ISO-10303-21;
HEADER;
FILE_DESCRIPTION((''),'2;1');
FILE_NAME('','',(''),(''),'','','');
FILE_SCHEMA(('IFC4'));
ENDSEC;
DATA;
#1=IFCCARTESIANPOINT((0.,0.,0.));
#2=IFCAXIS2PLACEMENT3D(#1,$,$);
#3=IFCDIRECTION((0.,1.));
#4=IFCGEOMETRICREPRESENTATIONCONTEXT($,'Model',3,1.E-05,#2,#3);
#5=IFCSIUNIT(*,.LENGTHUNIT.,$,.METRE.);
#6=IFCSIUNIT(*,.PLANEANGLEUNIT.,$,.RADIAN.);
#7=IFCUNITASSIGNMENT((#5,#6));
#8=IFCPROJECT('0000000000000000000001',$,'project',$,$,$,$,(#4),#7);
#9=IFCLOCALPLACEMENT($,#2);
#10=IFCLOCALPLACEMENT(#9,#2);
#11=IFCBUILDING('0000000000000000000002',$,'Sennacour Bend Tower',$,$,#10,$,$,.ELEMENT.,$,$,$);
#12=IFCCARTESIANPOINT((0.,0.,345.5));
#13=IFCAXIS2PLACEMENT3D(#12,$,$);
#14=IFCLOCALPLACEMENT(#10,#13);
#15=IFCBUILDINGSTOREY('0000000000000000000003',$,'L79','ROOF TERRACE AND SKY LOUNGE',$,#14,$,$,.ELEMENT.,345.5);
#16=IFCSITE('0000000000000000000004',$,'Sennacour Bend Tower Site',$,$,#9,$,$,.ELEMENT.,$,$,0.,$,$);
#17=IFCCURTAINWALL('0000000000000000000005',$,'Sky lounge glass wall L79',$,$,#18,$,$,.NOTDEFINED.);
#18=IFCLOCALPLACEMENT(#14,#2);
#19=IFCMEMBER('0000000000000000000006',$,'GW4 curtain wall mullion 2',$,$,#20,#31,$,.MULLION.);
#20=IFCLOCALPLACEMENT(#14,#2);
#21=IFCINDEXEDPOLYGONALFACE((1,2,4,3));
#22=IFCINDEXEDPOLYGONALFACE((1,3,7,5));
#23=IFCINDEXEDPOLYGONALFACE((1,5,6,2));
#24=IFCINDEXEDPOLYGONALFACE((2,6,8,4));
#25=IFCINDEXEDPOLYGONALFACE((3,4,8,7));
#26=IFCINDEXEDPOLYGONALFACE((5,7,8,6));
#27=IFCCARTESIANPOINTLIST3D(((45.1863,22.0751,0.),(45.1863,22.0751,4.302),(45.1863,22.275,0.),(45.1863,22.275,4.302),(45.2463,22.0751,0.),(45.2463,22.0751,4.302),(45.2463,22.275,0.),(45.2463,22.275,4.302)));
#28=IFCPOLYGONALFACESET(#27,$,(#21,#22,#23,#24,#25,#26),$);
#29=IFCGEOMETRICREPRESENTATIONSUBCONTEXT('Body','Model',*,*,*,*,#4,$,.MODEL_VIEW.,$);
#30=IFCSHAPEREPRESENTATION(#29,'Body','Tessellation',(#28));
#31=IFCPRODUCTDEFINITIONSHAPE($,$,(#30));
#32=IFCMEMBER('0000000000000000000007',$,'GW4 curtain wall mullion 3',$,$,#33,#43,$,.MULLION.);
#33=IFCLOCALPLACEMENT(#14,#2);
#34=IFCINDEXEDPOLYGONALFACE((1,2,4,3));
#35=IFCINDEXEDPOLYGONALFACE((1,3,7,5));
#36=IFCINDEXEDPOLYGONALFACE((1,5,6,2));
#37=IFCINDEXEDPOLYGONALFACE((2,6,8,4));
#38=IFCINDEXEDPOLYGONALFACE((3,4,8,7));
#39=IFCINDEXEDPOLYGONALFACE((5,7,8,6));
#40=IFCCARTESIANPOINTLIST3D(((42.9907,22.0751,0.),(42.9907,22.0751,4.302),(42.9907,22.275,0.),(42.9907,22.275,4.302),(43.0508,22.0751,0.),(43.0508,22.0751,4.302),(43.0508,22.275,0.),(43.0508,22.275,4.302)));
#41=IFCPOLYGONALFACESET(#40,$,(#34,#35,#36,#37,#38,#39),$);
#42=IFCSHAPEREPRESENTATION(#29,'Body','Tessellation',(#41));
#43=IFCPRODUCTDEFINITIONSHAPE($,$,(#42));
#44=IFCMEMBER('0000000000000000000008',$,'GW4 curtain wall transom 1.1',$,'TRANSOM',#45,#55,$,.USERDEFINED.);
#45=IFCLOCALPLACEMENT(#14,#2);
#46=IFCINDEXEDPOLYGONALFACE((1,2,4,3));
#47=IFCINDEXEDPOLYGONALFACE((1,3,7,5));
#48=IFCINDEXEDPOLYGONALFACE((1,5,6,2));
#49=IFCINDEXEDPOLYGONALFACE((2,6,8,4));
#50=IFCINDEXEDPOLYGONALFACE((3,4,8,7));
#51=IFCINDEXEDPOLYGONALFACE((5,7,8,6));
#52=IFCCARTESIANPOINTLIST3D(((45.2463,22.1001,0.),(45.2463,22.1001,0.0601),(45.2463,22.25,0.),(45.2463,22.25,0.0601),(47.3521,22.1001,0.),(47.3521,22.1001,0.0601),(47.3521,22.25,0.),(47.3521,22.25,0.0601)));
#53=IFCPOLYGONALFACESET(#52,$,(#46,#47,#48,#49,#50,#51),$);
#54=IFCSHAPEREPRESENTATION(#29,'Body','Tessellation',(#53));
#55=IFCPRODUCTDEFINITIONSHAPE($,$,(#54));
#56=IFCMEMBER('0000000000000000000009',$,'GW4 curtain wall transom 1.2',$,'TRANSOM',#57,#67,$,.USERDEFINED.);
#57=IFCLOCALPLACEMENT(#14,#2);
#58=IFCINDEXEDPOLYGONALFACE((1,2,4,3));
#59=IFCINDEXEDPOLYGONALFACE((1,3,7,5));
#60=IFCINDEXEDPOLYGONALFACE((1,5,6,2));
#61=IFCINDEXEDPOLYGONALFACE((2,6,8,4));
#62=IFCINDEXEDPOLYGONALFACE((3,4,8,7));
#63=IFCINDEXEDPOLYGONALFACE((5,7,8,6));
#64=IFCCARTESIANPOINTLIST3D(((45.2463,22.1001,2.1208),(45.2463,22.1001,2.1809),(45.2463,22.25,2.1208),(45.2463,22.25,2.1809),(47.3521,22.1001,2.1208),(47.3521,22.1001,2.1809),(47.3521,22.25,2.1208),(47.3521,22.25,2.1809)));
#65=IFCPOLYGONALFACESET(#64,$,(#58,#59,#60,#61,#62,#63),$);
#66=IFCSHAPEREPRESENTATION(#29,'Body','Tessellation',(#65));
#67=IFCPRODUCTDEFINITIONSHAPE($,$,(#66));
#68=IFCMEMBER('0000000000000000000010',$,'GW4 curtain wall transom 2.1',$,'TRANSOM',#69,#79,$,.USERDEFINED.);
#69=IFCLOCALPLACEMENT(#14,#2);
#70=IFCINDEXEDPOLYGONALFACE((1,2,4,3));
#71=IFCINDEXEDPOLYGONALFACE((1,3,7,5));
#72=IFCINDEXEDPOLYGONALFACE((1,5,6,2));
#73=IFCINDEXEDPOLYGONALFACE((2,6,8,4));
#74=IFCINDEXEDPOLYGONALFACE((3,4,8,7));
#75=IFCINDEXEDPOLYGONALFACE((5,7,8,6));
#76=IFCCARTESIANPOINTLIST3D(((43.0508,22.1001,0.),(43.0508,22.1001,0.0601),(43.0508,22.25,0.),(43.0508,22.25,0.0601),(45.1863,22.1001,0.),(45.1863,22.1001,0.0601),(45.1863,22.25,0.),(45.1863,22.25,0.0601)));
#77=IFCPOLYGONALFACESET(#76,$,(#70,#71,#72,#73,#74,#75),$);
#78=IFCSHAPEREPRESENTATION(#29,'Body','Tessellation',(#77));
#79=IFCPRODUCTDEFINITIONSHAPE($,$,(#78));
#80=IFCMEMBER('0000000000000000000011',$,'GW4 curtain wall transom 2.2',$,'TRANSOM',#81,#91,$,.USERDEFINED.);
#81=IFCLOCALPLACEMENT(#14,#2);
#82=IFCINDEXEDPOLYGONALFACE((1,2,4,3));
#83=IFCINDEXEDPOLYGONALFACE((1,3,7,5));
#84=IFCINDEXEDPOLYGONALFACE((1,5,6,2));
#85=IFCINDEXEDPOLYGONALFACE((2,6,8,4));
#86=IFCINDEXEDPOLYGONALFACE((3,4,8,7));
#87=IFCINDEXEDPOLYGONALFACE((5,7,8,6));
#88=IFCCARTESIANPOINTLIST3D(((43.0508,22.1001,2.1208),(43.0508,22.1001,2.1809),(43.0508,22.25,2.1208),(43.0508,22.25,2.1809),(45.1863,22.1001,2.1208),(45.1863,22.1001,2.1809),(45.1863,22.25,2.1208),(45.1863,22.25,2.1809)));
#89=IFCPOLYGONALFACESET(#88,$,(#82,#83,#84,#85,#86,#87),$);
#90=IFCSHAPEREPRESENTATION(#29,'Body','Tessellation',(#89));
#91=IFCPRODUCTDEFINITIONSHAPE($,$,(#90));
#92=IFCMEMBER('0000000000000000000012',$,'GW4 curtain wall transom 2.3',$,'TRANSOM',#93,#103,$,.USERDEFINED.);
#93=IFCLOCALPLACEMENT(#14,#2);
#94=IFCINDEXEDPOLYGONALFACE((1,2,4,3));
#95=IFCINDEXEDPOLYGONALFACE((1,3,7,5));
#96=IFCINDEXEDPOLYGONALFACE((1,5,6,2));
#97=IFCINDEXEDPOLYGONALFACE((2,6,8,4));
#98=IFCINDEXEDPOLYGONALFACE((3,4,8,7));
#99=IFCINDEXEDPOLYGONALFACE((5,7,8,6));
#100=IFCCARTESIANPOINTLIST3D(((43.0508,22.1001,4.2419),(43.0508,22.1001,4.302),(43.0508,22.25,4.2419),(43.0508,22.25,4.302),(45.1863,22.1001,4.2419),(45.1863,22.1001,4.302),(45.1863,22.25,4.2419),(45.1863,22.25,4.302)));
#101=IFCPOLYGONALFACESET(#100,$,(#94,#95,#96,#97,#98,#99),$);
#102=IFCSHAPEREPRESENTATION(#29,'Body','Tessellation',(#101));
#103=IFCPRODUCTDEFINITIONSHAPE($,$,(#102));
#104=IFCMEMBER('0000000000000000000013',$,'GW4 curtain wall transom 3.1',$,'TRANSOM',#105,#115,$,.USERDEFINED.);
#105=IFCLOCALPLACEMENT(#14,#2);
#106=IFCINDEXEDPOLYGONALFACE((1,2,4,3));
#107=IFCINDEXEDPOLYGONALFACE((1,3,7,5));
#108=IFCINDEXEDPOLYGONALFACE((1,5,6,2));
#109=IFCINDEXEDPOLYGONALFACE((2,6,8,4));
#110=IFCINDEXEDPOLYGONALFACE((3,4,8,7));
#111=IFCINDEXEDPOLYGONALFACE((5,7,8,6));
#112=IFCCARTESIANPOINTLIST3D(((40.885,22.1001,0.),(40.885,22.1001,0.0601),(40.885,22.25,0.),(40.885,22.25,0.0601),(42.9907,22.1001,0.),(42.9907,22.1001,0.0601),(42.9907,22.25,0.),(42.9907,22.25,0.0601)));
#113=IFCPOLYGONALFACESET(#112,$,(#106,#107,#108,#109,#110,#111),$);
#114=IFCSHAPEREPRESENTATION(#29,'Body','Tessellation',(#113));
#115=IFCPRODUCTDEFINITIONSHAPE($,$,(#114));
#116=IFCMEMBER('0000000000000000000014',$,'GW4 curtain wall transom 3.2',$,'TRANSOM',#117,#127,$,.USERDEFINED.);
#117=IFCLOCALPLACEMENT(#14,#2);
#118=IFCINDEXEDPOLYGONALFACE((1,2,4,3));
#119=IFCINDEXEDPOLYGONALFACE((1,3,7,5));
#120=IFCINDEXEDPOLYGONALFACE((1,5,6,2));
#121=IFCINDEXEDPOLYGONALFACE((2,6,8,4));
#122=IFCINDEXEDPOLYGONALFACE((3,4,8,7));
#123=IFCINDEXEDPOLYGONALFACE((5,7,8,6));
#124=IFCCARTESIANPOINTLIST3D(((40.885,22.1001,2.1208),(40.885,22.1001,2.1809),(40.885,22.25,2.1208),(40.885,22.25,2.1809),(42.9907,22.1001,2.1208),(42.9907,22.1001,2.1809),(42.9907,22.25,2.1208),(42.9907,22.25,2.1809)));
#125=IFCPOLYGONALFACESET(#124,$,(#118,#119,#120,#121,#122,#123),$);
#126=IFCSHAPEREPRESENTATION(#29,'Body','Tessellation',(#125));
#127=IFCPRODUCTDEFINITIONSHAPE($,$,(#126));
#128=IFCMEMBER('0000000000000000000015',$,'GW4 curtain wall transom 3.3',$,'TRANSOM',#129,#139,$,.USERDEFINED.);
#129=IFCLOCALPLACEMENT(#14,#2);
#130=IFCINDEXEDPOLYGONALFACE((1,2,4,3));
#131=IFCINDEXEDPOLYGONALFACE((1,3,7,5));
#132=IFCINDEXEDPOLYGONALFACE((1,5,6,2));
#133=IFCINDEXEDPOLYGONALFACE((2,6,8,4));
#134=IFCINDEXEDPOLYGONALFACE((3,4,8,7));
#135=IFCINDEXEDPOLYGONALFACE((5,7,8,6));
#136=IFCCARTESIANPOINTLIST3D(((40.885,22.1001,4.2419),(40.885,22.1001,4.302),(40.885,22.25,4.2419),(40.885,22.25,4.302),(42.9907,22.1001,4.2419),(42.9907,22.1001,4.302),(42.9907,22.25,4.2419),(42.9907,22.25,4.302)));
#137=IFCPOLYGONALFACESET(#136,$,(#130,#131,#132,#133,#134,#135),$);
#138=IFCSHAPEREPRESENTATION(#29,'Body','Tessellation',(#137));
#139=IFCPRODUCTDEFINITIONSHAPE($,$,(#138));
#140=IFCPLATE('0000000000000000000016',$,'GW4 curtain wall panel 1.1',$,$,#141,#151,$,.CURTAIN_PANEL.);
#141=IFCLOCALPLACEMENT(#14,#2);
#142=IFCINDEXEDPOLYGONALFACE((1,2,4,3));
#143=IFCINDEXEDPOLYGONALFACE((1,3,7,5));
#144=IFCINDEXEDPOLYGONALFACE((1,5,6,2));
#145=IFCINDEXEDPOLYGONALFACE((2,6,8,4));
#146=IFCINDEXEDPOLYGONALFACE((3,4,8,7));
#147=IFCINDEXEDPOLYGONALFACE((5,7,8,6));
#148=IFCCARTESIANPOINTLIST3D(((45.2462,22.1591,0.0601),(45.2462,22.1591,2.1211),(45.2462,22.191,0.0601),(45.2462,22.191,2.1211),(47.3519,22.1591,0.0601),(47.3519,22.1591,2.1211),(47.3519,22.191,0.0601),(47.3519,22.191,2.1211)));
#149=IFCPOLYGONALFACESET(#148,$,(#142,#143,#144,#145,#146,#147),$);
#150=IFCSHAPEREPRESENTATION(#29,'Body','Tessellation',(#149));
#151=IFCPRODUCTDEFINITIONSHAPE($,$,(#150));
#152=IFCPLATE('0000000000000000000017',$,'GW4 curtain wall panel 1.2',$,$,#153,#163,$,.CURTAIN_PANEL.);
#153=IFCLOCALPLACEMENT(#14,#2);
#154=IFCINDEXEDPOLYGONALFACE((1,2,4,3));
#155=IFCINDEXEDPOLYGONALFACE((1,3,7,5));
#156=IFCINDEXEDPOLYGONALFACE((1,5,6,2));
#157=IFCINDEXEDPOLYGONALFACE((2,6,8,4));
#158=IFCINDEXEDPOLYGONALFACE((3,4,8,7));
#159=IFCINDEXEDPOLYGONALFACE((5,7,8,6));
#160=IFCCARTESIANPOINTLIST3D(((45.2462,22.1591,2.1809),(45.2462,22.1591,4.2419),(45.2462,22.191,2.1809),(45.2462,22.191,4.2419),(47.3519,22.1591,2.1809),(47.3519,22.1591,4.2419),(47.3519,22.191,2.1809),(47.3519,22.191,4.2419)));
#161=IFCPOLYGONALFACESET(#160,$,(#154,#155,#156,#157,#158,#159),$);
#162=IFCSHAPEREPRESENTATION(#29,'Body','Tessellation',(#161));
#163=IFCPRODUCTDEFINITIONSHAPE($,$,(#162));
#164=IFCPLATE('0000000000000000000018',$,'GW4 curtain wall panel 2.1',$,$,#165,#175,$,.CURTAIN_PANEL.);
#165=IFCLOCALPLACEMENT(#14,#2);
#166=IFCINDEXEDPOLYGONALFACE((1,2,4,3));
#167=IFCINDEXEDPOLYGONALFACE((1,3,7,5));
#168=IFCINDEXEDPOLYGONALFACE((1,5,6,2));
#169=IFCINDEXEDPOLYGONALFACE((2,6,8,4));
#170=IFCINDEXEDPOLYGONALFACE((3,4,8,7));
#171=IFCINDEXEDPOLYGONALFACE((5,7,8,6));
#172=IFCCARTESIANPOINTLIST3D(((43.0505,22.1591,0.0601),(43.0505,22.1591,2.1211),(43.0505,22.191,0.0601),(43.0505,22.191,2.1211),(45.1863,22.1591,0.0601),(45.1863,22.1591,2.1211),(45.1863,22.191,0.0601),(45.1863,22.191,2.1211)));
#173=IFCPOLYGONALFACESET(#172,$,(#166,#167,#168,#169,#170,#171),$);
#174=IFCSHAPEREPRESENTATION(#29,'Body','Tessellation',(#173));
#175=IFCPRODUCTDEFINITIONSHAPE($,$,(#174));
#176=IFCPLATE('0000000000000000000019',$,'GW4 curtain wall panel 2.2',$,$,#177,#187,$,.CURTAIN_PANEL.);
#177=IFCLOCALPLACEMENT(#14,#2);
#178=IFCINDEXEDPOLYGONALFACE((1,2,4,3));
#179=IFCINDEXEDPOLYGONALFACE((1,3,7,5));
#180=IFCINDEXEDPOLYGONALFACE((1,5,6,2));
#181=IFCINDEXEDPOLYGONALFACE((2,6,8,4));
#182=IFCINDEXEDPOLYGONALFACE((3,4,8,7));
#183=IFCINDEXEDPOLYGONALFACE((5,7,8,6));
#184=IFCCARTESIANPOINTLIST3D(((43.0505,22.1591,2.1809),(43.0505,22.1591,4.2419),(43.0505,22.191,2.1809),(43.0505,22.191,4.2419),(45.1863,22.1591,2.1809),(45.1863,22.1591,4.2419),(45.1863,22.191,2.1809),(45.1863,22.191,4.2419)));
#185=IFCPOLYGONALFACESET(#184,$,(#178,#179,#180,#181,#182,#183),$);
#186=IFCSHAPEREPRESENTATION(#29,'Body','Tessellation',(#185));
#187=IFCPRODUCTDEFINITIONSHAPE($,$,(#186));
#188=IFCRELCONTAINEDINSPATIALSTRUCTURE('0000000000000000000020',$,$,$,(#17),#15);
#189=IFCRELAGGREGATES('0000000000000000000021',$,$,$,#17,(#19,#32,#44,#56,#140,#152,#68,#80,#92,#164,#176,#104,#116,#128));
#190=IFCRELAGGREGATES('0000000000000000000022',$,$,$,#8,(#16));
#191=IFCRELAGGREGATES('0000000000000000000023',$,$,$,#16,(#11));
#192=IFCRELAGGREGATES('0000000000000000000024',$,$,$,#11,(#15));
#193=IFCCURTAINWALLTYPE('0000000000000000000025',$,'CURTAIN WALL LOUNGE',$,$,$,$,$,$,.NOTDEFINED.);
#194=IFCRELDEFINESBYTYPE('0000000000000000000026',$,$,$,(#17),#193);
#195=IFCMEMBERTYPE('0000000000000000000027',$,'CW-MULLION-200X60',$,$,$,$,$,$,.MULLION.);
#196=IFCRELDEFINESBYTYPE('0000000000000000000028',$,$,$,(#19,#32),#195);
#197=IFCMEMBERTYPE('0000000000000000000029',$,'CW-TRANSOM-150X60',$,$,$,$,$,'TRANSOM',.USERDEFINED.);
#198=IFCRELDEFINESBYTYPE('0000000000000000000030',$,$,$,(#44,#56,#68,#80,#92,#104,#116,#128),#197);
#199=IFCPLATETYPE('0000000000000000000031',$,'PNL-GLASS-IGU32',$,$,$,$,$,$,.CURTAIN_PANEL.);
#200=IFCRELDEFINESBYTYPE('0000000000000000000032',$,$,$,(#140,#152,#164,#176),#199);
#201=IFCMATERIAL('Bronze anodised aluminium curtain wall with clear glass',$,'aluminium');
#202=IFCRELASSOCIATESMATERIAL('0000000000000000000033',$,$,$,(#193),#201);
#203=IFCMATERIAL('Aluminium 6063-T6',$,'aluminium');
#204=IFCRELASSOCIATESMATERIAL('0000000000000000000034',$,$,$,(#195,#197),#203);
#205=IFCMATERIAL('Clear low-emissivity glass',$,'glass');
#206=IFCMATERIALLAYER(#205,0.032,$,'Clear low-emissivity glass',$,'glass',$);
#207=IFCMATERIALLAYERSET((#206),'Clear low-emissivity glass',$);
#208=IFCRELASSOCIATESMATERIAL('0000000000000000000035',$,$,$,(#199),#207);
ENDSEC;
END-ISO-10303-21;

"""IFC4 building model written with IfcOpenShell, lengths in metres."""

from ifc_helpers import new_model, si_unit, direction, frame, origin, origin_2d, place, context, subcontext, project, spatial, rectangle, extrude, material, layer, layer_set, material_profile, profile_set, type_object, element, aggregate, save


model = new_model("IFC4")

# Units and contexts
model_context = context("Model", 3, precision=1e-05, world=origin(), true_north=direction((0.0, 1.0)))
body_context = subcontext(model_context, "Body", "Model", "MODEL_VIEW")
ifc_project = project(units=[si_unit("LENGTHUNIT", "METRE"), si_unit("PLANEANGLEUNIT", "RADIAN")], contexts=[model_context])

# Site, building, storey
site_placement = place(None, origin())
site = spatial("IfcSite", under=ifc_project, at=site_placement, Name="Sennacour Bend Tower Site", CompositionType="ELEMENT", RefElevation=0.0)
building_placement = place(site_placement, origin())
building = spatial("IfcBuilding", under=site, at=building_placement, Name="Sennacour Bend Tower", CompositionType="ELEMENT")
storey_placement = place(building_placement, frame((0.0, 0.0, 345.5)))
storey = spatial("IfcBuildingStorey", under=building, at=storey_placement, Name="L79", Description="ROOF TERRACE AND SKY LOUNGE", CompositionType="ELEMENT", Elevation=345.5)

# Curtain wall, members, plates
ifc_material_1 = material(Name="Bronze anodised aluminium curtain wall with clear glass", Category="aluminium")
curtain_wall_type = type_object("IfcCurtainWallType", Name="CURTAIN WALL LOUNGE", PredefinedType="NOTDEFINED", material=ifc_material_1)
curtain_wall_placement = place(storey_placement, origin())
curtain_wall = element("IfcCurtainWall", 1, at=curtain_wall_placement, inside=storey, type_object=curtain_wall_type, Name="Sky lounge glass wall L79", PredefinedType="NOTDEFINED")
ifc_material_2 = material(Name="Aluminium 6063-T6", Category="aluminium")
ifc_material_profile_1 = material_profile(ifc_material_2, rectangle(XDim=0.2, YDim=0.0601, at=origin_2d()), Name="Aluminium 6063-T6", Category="aluminium")
ifc_profile_set_1 = profile_set([ifc_material_profile_1], Name="Aluminium 6063-T6")
member_type_1 = type_object("IfcMemberType", Name="CW-MULLION-200X60", PredefinedType="MULLION", material=ifc_profile_set_1)
member_1_placement = place(storey_placement, frame((45.2163, 22.175, 0.0), z_axis=(0.0, 0.0, 1.0), x_axis=(0.0, -1.0, 0.0)))
member_1 = element("IfcMember", 2, at=member_1_placement, type_object=member_type_1, Name="GW4 curtain wall mullion 2", PredefinedType="MULLION", context=body_context, shape_type="SweptSolid", body=[
    extrude(rectangle(XDim=0.2, YDim=0.0601, at=origin_2d()), origin(), (0.0, 0.0, 1.0), 4.302),
])
member_2_placement = place(storey_placement, frame((43.0208, 22.175, 0.0), z_axis=(0.0, 0.0, 1.0), x_axis=(0.0, -1.0, 0.0)))
member_2 = element("IfcMember", 3, at=member_2_placement, type_object=member_type_1, Name="GW4 curtain wall mullion 3", PredefinedType="MULLION", context=body_context, shape_type="SweptSolid", body=[
    extrude(rectangle(XDim=0.2, YDim=0.0601, at=origin_2d()), origin(), (0.0, 0.0, 1.0), 4.302),
])
ifc_material_profile_2 = material_profile(ifc_material_2, rectangle(XDim=0.1499, YDim=0.0601, at=origin_2d()), Name="Aluminium 6063-T6", Category="aluminium")
ifc_profile_set_2 = profile_set([ifc_material_profile_2], Name="Aluminium 6063-T6")
member_type_2 = type_object("IfcMemberType", Name="CW-TRANSOM-150X60", ElementType="TRANSOM", PredefinedType="USERDEFINED", material=ifc_profile_set_2)
member_3_placement = place(storey_placement, frame((47.3521, 22.175, 0.03), z_axis=(-1.0, 0.0, 0.0), x_axis=(0.0, -1.0, 0.0)))
member_3 = element("IfcMember", 4, at=member_3_placement, type_object=member_type_2, Name="GW4 curtain wall transom 1.1", ObjectType="TRANSOM", PredefinedType="USERDEFINED", context=body_context, shape_type="SweptSolid", body=[
    extrude(rectangle(XDim=0.1499, YDim=0.0601, at=origin_2d()), origin(), (0.0, 0.0, 1.0), 2.1057),
])
member_4_placement = place(storey_placement, frame((47.3521, 22.175, 2.1509), z_axis=(-1.0, 0.0, 0.0), x_axis=(0.0, -1.0, 0.0)))
member_4 = element("IfcMember", 5, at=member_4_placement, type_object=member_type_2, Name="GW4 curtain wall transom 1.2", ObjectType="TRANSOM", PredefinedType="USERDEFINED", context=body_context, shape_type="SweptSolid", body=[
    extrude(rectangle(XDim=0.1499, YDim=0.0601, at=origin_2d()), origin(), (0.0, 0.0, 1.0), 2.1057),
])
member_5_placement = place(storey_placement, frame((45.1863, 22.175, 0.03), z_axis=(-1.0, 0.0, 0.0), x_axis=(0.0, -1.0, 0.0)))
member_5 = element("IfcMember", 6, at=member_5_placement, type_object=member_type_2, Name="GW4 curtain wall transom 2.1", ObjectType="TRANSOM", PredefinedType="USERDEFINED", context=body_context, shape_type="SweptSolid", body=[
    extrude(rectangle(XDim=0.1499, YDim=0.0601, at=origin_2d()), origin(), (0.0, 0.0, 1.0), 2.1355),
])
member_6_placement = place(storey_placement, frame((45.1863, 22.175, 2.1509), z_axis=(-1.0, 0.0, 0.0), x_axis=(0.0, -1.0, 0.0)))
member_6 = element("IfcMember", 7, at=member_6_placement, type_object=member_type_2, Name="GW4 curtain wall transom 2.2", ObjectType="TRANSOM", PredefinedType="USERDEFINED", context=body_context, shape_type="SweptSolid", body=[
    extrude(rectangle(XDim=0.1499, YDim=0.0601, at=origin_2d()), origin(), (0.0, 0.0, 1.0), 2.1355),
])
member_7_placement = place(storey_placement, frame((45.1863, 22.175, 4.272), z_axis=(-1.0, 0.0, 0.0), x_axis=(0.0, -1.0, 0.0)))
member_7 = element("IfcMember", 8, at=member_7_placement, type_object=member_type_2, Name="GW4 curtain wall transom 2.3", ObjectType="TRANSOM", PredefinedType="USERDEFINED", context=body_context, shape_type="SweptSolid", body=[
    extrude(rectangle(XDim=0.1499, YDim=0.0601, at=origin_2d()), origin(), (0.0, 0.0, 1.0), 2.1355),
])
member_8_placement = place(storey_placement, frame((42.9907, 22.175, 0.03), z_axis=(-1.0, 0.0, 0.0), x_axis=(0.0, -1.0, 0.0)))
member_8 = element("IfcMember", 9, at=member_8_placement, type_object=member_type_2, Name="GW4 curtain wall transom 3.1", ObjectType="TRANSOM", PredefinedType="USERDEFINED", context=body_context, shape_type="SweptSolid", body=[
    extrude(rectangle(XDim=0.1499, YDim=0.0601, at=origin_2d()), origin(), (0.0, 0.0, 1.0), 2.1057),
])
member_9_placement = place(storey_placement, frame((42.9907, 22.175, 2.1509), z_axis=(-1.0, 0.0, 0.0), x_axis=(0.0, -1.0, 0.0)))
member_9 = element("IfcMember", 10, at=member_9_placement, type_object=member_type_2, Name="GW4 curtain wall transom 3.2", ObjectType="TRANSOM", PredefinedType="USERDEFINED", context=body_context, shape_type="SweptSolid", body=[
    extrude(rectangle(XDim=0.1499, YDim=0.0601, at=origin_2d()), origin(), (0.0, 0.0, 1.0), 2.1057),
])
member_10_placement = place(storey_placement, frame((42.9907, 22.175, 4.272), z_axis=(-1.0, 0.0, 0.0), x_axis=(0.0, -1.0, 0.0)))
member_10 = element("IfcMember", 11, at=member_10_placement, type_object=member_type_2, Name="GW4 curtain wall transom 3.3", ObjectType="TRANSOM", PredefinedType="USERDEFINED", context=body_context, shape_type="SweptSolid", body=[
    extrude(rectangle(XDim=0.1499, YDim=0.0601, at=origin_2d()), origin(), (0.0, 0.0, 1.0), 2.1057),
])
ifc_material_3 = material(Name="Clear low-emissivity glass", Category="glass")
ifc_layer_1 = layer(ifc_material_3, 0.032, Name="Clear low-emissivity glass", Category="glass")
ifc_layer_set_1 = layer_set([ifc_layer_1], Name="Clear low-emissivity glass")
plate_type = type_object("IfcPlateType", Name="PNL-GLASS-IGU32", PredefinedType="CURTAIN_PANEL", material=ifc_layer_set_1)
plate_1_placement = place(storey_placement, frame((46.2991, 22.175, 0.0601), z_axis=(0.0, 0.0, 1.0), x_axis=(-1.0, 0.0, 0.0)))
plate_1 = element("IfcPlate", 12, at=plate_1_placement, type_object=plate_type, Name="GW4 curtain wall panel 1.1", PredefinedType="CURTAIN_PANEL", context=body_context, shape_type="SweptSolid", body=[
    extrude(rectangle(XDim=2.1057, YDim=0.032, at=origin_2d()), origin(), (0.0, 0.0, 1.0), 2.061),
])
plate_2_placement = place(storey_placement, frame((46.2991, 22.175, 2.1809), z_axis=(0.0, 0.0, 1.0), x_axis=(-1.0, 0.0, 0.0)))
plate_2 = element("IfcPlate", 13, at=plate_2_placement, type_object=plate_type, Name="GW4 curtain wall panel 1.2", PredefinedType="CURTAIN_PANEL", context=body_context, shape_type="SweptSolid", body=[
    extrude(rectangle(XDim=2.1057, YDim=0.032, at=origin_2d()), origin(), (0.0, 0.0, 1.0), 2.061),
])
plate_3_placement = place(storey_placement, frame((44.1184, 22.175, 0.0601), z_axis=(0.0, 0.0, 1.0), x_axis=(-1.0, 0.0, 0.0)))
plate_3 = element("IfcPlate", 14, at=plate_3_placement, type_object=plate_type, Name="GW4 curtain wall panel 2.1", PredefinedType="CURTAIN_PANEL", context=body_context, shape_type="SweptSolid", body=[
    extrude(rectangle(XDim=2.1357, YDim=0.032, at=origin_2d()), origin(), (0.0, 0.0, 1.0), 2.061),
])
plate_4_placement = place(storey_placement, frame((44.1184, 22.175, 2.1809), z_axis=(0.0, 0.0, 1.0), x_axis=(-1.0, 0.0, 0.0)))
plate_4 = element("IfcPlate", 15, at=plate_4_placement, type_object=plate_type, Name="GW4 curtain wall panel 2.2", PredefinedType="CURTAIN_PANEL", context=body_context, shape_type="SweptSolid", body=[
    extrude(rectangle(XDim=2.1357, YDim=0.032, at=origin_2d()), origin(), (0.0, 0.0, 1.0), 2.061),
])
aggregate(curtain_wall, [member_1, member_2, member_3, member_4, plate_1, plate_2, member_5, member_6, member_7, plate_3, plate_4, member_8, member_9, member_10])

save(model, "model.ifc")
